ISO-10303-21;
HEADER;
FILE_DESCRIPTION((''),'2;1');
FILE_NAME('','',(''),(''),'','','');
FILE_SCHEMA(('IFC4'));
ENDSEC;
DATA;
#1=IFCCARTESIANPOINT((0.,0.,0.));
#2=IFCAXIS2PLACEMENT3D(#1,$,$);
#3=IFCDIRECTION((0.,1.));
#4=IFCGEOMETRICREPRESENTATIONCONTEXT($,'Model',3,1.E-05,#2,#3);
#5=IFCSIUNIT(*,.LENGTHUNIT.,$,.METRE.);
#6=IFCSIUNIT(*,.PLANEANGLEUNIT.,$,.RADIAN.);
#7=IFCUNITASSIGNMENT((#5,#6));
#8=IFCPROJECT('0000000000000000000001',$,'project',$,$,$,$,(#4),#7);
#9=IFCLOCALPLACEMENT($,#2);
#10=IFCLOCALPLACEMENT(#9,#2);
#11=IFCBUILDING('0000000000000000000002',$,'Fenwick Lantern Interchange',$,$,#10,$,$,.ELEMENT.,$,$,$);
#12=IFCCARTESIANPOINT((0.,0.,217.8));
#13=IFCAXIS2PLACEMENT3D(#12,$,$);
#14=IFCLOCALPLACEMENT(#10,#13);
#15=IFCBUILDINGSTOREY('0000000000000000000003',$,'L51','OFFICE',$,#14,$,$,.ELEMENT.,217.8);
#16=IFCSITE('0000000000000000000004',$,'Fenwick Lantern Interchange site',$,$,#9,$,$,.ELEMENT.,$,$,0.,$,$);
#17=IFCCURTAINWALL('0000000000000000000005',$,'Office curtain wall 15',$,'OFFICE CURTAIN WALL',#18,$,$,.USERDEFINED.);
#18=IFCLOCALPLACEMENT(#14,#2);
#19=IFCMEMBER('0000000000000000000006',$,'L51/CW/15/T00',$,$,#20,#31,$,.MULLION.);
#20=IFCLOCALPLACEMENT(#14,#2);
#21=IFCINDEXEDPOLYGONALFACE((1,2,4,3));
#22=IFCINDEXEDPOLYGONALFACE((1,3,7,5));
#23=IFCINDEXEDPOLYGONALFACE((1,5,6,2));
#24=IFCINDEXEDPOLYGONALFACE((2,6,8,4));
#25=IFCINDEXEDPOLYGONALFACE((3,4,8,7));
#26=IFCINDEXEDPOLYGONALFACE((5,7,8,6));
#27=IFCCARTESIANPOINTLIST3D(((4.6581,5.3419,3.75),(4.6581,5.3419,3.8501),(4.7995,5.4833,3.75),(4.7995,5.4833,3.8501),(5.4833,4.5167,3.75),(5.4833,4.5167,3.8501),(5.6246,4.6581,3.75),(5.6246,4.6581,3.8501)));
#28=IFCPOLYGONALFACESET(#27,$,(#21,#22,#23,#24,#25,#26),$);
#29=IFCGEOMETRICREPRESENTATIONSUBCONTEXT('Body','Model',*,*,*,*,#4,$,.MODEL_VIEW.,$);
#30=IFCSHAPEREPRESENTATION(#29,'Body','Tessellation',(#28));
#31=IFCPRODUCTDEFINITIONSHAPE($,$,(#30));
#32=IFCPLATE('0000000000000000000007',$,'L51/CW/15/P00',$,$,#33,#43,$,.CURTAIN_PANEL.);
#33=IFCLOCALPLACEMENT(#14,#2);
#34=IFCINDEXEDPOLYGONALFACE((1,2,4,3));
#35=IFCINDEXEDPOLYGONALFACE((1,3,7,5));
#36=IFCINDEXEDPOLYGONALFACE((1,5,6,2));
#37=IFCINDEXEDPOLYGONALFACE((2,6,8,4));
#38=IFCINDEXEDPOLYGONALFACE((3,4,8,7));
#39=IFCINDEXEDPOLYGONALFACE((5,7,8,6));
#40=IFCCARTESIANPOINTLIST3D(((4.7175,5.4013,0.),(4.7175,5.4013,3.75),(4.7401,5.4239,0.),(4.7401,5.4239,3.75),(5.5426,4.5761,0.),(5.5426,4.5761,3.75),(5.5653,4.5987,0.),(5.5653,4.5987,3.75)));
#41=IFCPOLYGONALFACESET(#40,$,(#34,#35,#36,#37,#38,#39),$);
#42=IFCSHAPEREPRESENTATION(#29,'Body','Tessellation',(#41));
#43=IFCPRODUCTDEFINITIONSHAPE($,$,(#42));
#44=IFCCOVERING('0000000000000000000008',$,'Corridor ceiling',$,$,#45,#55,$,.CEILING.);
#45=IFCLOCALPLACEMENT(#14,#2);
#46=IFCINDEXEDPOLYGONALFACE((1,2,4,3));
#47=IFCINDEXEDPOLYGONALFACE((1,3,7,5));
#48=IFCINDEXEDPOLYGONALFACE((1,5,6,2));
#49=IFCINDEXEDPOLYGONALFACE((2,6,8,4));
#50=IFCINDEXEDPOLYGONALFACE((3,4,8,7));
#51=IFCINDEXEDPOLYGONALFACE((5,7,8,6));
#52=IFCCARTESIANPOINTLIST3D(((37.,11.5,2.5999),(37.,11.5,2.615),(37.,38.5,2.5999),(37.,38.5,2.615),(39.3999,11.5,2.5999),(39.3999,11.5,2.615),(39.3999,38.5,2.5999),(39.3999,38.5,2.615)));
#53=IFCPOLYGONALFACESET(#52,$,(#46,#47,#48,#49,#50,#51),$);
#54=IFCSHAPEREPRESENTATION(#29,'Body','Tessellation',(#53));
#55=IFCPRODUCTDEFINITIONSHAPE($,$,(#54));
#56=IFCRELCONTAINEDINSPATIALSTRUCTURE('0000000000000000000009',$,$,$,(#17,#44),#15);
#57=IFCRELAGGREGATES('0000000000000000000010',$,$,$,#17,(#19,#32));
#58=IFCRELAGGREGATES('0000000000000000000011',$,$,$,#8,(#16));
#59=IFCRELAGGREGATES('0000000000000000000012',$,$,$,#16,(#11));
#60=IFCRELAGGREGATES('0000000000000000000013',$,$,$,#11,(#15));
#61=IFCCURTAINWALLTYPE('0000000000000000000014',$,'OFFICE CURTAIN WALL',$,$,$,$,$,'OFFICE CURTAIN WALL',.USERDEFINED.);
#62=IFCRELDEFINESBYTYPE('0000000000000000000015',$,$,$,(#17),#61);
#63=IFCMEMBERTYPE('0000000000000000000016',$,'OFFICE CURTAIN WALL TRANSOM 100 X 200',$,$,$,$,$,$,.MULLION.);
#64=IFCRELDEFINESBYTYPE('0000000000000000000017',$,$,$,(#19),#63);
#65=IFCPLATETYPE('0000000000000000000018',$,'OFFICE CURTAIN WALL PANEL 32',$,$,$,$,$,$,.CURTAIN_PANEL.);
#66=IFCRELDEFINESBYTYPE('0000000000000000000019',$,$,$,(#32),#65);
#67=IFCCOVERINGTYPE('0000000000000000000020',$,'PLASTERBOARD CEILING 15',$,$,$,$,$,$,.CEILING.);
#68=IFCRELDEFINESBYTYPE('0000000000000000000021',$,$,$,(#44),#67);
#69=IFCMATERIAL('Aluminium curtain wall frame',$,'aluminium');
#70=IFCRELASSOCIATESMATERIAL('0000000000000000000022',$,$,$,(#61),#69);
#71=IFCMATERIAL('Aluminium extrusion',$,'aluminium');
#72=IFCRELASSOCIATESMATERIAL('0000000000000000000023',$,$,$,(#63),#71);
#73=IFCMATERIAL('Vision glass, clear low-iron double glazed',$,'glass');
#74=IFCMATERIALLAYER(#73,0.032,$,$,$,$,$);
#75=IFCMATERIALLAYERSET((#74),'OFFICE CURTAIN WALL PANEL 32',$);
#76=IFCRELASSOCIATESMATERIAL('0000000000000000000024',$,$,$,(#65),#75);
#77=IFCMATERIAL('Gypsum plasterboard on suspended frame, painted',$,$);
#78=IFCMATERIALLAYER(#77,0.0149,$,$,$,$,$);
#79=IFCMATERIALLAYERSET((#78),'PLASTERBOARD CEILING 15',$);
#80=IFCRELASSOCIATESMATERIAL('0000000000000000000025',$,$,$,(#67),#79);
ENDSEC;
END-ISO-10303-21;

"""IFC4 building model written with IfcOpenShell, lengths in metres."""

from ifc_helpers import new_model, si_unit, direction, frame, origin, origin_2d, place, context, subcontext, project, spatial, polyline, rectangle, outline, extrude, material, layer, layer_set, material_profile, profile_set, type_object, element, aggregate, save


model = new_model("IFC4")

# Units and contexts
model_context = context("Model", 3, precision=1e-05, world=origin(), true_north=direction((0.0, 1.0)))
body_context = subcontext(model_context, "Body", "Model", "MODEL_VIEW")
ifc_project = project(units=[si_unit("LENGTHUNIT", "METRE"), si_unit("PLANEANGLEUNIT", "RADIAN")], contexts=[model_context])

# Site, building, storey
site_placement = place(None, origin())
site = spatial("IfcSite", under=ifc_project, at=site_placement, Name="Fenwick Lantern Interchange site", CompositionType="ELEMENT", RefElevation=0.0)
building_placement = place(site_placement, origin())
building = spatial("IfcBuilding", under=site, at=building_placement, Name="Fenwick Lantern Interchange", CompositionType="ELEMENT")
storey_placement = place(building_placement, frame((0.0, 0.0, 217.8)))
storey = spatial("IfcBuildingStorey", under=building, at=storey_placement, Name="L51", Description="OFFICE", CompositionType="ELEMENT", Elevation=217.8)

# Shared definitions
ifc_material_1 = material(Name="Aluminium curtain wall frame", Category="aluminium")
curtain_wall_type = type_object("IfcCurtainWallType", Name="OFFICE CURTAIN WALL", ElementType="OFFICE CURTAIN WALL", PredefinedType="USERDEFINED", material=ifc_material_1)
ifc_material_2 = material(Name="Aluminium extrusion", Category="aluminium")

# Curtain wall
curtain_wall_1_placement = place(storey_placement, origin())
curtain_wall_1 = element("IfcCurtainWall", 1, at=curtain_wall_1_placement, inside=storey, type_object=curtain_wall_type, Name="Office curtain wall 15", ObjectType="OFFICE CURTAIN WALL", PredefinedType="USERDEFINED")

# Member
ifc_material_profile_1 = material_profile(ifc_material_2, rectangle(XDim=0.2, YDim=0.1001, at=origin_2d()), Name="OFFICE CURTAIN WALL TRANSOM 100 X 200")
ifc_profile_set_1 = profile_set([ifc_material_profile_1], Name="Aluminium extrusion")
member_type_1 = type_object("IfcMemberType", Name="OFFICE CURTAIN WALL TRANSOM 100 X 200", PredefinedType="MULLION", material=ifc_profile_set_1)
member_1_placement = place(storey_placement, frame((4.7288, 5.4126, 3.8), z_axis=(0.707107, -0.707107, 0.0), x_axis=(0.707107, 0.707107, 0.0)))
member_1 = element("IfcMember", 2, at=member_1_placement, type_object=member_type_1, Name="L51/CW/15/T00", PredefinedType="MULLION", context=body_context, shape_type="SweptSolid", body=[
    extrude(rectangle(XDim=0.2, YDim=0.1001, at=origin_2d()), origin(), (0.0, 0.0, 1.0), 1.167),
])

# Shared definitions
ifc_material_3 = material(Name="Vision glass, clear low-iron double glazed", Category="glass")
ifc_layer_1 = layer(ifc_material_3, 0.032)
ifc_layer_set_1 = layer_set([ifc_layer_1], Name="OFFICE CURTAIN WALL PANEL 32")
plate_type = type_object("IfcPlateType", Name="OFFICE CURTAIN WALL PANEL 32", PredefinedType="CURTAIN_PANEL", material=ifc_layer_set_1)

# Plate
plate_1_placement = place(storey_placement, frame((5.1414, 5.0, 0.0), z_axis=(0.0, 0.0, 1.0), x_axis=(0.707107, -0.707107, 0.0)))
plate_1 = element("IfcPlate", 3, at=plate_1_placement, type_object=plate_type, Name="L51/CW/15/P00", PredefinedType="CURTAIN_PANEL", context=body_context, shape_type="SweptSolid", body=[
    extrude(rectangle(XDim=1.167, YDim=0.032, at=origin_2d()), origin(), (0.0, 0.0, 1.0), 3.75),
])
aggregate(curtain_wall_1, [member_1, plate_1])

# Covering
ifc_material_4 = material(Name="Gypsum plasterboard on suspended frame, painted")
ifc_layer_2 = layer(ifc_material_4, 0.0149)
ifc_layer_set_2 = layer_set([ifc_layer_2], Name="PLASTERBOARD CEILING 15")
covering_type_1 = type_object("IfcCoveringType", Name="PLASTERBOARD CEILING 15", PredefinedType="CEILING", material=ifc_layer_set_2)
covering_1_placement = place(storey_placement, frame((0.0, 0.0, 2.5999)))
element("IfcCovering", 4, at=covering_1_placement, inside=storey, type_object=covering_type_1, Name="Corridor ceiling", PredefinedType="CEILING", context=body_context, shape_type="SweptSolid", body=[
    extrude(outline(polyline([(39.3999, 38.5), (37.0, 38.5), (37.0, 11.5), (39.3999, 11.5), (39.3999, 38.5)])), origin(), (0.0, 0.0, 1.0), 0.0151),
])

save(model, "model.ifc")
